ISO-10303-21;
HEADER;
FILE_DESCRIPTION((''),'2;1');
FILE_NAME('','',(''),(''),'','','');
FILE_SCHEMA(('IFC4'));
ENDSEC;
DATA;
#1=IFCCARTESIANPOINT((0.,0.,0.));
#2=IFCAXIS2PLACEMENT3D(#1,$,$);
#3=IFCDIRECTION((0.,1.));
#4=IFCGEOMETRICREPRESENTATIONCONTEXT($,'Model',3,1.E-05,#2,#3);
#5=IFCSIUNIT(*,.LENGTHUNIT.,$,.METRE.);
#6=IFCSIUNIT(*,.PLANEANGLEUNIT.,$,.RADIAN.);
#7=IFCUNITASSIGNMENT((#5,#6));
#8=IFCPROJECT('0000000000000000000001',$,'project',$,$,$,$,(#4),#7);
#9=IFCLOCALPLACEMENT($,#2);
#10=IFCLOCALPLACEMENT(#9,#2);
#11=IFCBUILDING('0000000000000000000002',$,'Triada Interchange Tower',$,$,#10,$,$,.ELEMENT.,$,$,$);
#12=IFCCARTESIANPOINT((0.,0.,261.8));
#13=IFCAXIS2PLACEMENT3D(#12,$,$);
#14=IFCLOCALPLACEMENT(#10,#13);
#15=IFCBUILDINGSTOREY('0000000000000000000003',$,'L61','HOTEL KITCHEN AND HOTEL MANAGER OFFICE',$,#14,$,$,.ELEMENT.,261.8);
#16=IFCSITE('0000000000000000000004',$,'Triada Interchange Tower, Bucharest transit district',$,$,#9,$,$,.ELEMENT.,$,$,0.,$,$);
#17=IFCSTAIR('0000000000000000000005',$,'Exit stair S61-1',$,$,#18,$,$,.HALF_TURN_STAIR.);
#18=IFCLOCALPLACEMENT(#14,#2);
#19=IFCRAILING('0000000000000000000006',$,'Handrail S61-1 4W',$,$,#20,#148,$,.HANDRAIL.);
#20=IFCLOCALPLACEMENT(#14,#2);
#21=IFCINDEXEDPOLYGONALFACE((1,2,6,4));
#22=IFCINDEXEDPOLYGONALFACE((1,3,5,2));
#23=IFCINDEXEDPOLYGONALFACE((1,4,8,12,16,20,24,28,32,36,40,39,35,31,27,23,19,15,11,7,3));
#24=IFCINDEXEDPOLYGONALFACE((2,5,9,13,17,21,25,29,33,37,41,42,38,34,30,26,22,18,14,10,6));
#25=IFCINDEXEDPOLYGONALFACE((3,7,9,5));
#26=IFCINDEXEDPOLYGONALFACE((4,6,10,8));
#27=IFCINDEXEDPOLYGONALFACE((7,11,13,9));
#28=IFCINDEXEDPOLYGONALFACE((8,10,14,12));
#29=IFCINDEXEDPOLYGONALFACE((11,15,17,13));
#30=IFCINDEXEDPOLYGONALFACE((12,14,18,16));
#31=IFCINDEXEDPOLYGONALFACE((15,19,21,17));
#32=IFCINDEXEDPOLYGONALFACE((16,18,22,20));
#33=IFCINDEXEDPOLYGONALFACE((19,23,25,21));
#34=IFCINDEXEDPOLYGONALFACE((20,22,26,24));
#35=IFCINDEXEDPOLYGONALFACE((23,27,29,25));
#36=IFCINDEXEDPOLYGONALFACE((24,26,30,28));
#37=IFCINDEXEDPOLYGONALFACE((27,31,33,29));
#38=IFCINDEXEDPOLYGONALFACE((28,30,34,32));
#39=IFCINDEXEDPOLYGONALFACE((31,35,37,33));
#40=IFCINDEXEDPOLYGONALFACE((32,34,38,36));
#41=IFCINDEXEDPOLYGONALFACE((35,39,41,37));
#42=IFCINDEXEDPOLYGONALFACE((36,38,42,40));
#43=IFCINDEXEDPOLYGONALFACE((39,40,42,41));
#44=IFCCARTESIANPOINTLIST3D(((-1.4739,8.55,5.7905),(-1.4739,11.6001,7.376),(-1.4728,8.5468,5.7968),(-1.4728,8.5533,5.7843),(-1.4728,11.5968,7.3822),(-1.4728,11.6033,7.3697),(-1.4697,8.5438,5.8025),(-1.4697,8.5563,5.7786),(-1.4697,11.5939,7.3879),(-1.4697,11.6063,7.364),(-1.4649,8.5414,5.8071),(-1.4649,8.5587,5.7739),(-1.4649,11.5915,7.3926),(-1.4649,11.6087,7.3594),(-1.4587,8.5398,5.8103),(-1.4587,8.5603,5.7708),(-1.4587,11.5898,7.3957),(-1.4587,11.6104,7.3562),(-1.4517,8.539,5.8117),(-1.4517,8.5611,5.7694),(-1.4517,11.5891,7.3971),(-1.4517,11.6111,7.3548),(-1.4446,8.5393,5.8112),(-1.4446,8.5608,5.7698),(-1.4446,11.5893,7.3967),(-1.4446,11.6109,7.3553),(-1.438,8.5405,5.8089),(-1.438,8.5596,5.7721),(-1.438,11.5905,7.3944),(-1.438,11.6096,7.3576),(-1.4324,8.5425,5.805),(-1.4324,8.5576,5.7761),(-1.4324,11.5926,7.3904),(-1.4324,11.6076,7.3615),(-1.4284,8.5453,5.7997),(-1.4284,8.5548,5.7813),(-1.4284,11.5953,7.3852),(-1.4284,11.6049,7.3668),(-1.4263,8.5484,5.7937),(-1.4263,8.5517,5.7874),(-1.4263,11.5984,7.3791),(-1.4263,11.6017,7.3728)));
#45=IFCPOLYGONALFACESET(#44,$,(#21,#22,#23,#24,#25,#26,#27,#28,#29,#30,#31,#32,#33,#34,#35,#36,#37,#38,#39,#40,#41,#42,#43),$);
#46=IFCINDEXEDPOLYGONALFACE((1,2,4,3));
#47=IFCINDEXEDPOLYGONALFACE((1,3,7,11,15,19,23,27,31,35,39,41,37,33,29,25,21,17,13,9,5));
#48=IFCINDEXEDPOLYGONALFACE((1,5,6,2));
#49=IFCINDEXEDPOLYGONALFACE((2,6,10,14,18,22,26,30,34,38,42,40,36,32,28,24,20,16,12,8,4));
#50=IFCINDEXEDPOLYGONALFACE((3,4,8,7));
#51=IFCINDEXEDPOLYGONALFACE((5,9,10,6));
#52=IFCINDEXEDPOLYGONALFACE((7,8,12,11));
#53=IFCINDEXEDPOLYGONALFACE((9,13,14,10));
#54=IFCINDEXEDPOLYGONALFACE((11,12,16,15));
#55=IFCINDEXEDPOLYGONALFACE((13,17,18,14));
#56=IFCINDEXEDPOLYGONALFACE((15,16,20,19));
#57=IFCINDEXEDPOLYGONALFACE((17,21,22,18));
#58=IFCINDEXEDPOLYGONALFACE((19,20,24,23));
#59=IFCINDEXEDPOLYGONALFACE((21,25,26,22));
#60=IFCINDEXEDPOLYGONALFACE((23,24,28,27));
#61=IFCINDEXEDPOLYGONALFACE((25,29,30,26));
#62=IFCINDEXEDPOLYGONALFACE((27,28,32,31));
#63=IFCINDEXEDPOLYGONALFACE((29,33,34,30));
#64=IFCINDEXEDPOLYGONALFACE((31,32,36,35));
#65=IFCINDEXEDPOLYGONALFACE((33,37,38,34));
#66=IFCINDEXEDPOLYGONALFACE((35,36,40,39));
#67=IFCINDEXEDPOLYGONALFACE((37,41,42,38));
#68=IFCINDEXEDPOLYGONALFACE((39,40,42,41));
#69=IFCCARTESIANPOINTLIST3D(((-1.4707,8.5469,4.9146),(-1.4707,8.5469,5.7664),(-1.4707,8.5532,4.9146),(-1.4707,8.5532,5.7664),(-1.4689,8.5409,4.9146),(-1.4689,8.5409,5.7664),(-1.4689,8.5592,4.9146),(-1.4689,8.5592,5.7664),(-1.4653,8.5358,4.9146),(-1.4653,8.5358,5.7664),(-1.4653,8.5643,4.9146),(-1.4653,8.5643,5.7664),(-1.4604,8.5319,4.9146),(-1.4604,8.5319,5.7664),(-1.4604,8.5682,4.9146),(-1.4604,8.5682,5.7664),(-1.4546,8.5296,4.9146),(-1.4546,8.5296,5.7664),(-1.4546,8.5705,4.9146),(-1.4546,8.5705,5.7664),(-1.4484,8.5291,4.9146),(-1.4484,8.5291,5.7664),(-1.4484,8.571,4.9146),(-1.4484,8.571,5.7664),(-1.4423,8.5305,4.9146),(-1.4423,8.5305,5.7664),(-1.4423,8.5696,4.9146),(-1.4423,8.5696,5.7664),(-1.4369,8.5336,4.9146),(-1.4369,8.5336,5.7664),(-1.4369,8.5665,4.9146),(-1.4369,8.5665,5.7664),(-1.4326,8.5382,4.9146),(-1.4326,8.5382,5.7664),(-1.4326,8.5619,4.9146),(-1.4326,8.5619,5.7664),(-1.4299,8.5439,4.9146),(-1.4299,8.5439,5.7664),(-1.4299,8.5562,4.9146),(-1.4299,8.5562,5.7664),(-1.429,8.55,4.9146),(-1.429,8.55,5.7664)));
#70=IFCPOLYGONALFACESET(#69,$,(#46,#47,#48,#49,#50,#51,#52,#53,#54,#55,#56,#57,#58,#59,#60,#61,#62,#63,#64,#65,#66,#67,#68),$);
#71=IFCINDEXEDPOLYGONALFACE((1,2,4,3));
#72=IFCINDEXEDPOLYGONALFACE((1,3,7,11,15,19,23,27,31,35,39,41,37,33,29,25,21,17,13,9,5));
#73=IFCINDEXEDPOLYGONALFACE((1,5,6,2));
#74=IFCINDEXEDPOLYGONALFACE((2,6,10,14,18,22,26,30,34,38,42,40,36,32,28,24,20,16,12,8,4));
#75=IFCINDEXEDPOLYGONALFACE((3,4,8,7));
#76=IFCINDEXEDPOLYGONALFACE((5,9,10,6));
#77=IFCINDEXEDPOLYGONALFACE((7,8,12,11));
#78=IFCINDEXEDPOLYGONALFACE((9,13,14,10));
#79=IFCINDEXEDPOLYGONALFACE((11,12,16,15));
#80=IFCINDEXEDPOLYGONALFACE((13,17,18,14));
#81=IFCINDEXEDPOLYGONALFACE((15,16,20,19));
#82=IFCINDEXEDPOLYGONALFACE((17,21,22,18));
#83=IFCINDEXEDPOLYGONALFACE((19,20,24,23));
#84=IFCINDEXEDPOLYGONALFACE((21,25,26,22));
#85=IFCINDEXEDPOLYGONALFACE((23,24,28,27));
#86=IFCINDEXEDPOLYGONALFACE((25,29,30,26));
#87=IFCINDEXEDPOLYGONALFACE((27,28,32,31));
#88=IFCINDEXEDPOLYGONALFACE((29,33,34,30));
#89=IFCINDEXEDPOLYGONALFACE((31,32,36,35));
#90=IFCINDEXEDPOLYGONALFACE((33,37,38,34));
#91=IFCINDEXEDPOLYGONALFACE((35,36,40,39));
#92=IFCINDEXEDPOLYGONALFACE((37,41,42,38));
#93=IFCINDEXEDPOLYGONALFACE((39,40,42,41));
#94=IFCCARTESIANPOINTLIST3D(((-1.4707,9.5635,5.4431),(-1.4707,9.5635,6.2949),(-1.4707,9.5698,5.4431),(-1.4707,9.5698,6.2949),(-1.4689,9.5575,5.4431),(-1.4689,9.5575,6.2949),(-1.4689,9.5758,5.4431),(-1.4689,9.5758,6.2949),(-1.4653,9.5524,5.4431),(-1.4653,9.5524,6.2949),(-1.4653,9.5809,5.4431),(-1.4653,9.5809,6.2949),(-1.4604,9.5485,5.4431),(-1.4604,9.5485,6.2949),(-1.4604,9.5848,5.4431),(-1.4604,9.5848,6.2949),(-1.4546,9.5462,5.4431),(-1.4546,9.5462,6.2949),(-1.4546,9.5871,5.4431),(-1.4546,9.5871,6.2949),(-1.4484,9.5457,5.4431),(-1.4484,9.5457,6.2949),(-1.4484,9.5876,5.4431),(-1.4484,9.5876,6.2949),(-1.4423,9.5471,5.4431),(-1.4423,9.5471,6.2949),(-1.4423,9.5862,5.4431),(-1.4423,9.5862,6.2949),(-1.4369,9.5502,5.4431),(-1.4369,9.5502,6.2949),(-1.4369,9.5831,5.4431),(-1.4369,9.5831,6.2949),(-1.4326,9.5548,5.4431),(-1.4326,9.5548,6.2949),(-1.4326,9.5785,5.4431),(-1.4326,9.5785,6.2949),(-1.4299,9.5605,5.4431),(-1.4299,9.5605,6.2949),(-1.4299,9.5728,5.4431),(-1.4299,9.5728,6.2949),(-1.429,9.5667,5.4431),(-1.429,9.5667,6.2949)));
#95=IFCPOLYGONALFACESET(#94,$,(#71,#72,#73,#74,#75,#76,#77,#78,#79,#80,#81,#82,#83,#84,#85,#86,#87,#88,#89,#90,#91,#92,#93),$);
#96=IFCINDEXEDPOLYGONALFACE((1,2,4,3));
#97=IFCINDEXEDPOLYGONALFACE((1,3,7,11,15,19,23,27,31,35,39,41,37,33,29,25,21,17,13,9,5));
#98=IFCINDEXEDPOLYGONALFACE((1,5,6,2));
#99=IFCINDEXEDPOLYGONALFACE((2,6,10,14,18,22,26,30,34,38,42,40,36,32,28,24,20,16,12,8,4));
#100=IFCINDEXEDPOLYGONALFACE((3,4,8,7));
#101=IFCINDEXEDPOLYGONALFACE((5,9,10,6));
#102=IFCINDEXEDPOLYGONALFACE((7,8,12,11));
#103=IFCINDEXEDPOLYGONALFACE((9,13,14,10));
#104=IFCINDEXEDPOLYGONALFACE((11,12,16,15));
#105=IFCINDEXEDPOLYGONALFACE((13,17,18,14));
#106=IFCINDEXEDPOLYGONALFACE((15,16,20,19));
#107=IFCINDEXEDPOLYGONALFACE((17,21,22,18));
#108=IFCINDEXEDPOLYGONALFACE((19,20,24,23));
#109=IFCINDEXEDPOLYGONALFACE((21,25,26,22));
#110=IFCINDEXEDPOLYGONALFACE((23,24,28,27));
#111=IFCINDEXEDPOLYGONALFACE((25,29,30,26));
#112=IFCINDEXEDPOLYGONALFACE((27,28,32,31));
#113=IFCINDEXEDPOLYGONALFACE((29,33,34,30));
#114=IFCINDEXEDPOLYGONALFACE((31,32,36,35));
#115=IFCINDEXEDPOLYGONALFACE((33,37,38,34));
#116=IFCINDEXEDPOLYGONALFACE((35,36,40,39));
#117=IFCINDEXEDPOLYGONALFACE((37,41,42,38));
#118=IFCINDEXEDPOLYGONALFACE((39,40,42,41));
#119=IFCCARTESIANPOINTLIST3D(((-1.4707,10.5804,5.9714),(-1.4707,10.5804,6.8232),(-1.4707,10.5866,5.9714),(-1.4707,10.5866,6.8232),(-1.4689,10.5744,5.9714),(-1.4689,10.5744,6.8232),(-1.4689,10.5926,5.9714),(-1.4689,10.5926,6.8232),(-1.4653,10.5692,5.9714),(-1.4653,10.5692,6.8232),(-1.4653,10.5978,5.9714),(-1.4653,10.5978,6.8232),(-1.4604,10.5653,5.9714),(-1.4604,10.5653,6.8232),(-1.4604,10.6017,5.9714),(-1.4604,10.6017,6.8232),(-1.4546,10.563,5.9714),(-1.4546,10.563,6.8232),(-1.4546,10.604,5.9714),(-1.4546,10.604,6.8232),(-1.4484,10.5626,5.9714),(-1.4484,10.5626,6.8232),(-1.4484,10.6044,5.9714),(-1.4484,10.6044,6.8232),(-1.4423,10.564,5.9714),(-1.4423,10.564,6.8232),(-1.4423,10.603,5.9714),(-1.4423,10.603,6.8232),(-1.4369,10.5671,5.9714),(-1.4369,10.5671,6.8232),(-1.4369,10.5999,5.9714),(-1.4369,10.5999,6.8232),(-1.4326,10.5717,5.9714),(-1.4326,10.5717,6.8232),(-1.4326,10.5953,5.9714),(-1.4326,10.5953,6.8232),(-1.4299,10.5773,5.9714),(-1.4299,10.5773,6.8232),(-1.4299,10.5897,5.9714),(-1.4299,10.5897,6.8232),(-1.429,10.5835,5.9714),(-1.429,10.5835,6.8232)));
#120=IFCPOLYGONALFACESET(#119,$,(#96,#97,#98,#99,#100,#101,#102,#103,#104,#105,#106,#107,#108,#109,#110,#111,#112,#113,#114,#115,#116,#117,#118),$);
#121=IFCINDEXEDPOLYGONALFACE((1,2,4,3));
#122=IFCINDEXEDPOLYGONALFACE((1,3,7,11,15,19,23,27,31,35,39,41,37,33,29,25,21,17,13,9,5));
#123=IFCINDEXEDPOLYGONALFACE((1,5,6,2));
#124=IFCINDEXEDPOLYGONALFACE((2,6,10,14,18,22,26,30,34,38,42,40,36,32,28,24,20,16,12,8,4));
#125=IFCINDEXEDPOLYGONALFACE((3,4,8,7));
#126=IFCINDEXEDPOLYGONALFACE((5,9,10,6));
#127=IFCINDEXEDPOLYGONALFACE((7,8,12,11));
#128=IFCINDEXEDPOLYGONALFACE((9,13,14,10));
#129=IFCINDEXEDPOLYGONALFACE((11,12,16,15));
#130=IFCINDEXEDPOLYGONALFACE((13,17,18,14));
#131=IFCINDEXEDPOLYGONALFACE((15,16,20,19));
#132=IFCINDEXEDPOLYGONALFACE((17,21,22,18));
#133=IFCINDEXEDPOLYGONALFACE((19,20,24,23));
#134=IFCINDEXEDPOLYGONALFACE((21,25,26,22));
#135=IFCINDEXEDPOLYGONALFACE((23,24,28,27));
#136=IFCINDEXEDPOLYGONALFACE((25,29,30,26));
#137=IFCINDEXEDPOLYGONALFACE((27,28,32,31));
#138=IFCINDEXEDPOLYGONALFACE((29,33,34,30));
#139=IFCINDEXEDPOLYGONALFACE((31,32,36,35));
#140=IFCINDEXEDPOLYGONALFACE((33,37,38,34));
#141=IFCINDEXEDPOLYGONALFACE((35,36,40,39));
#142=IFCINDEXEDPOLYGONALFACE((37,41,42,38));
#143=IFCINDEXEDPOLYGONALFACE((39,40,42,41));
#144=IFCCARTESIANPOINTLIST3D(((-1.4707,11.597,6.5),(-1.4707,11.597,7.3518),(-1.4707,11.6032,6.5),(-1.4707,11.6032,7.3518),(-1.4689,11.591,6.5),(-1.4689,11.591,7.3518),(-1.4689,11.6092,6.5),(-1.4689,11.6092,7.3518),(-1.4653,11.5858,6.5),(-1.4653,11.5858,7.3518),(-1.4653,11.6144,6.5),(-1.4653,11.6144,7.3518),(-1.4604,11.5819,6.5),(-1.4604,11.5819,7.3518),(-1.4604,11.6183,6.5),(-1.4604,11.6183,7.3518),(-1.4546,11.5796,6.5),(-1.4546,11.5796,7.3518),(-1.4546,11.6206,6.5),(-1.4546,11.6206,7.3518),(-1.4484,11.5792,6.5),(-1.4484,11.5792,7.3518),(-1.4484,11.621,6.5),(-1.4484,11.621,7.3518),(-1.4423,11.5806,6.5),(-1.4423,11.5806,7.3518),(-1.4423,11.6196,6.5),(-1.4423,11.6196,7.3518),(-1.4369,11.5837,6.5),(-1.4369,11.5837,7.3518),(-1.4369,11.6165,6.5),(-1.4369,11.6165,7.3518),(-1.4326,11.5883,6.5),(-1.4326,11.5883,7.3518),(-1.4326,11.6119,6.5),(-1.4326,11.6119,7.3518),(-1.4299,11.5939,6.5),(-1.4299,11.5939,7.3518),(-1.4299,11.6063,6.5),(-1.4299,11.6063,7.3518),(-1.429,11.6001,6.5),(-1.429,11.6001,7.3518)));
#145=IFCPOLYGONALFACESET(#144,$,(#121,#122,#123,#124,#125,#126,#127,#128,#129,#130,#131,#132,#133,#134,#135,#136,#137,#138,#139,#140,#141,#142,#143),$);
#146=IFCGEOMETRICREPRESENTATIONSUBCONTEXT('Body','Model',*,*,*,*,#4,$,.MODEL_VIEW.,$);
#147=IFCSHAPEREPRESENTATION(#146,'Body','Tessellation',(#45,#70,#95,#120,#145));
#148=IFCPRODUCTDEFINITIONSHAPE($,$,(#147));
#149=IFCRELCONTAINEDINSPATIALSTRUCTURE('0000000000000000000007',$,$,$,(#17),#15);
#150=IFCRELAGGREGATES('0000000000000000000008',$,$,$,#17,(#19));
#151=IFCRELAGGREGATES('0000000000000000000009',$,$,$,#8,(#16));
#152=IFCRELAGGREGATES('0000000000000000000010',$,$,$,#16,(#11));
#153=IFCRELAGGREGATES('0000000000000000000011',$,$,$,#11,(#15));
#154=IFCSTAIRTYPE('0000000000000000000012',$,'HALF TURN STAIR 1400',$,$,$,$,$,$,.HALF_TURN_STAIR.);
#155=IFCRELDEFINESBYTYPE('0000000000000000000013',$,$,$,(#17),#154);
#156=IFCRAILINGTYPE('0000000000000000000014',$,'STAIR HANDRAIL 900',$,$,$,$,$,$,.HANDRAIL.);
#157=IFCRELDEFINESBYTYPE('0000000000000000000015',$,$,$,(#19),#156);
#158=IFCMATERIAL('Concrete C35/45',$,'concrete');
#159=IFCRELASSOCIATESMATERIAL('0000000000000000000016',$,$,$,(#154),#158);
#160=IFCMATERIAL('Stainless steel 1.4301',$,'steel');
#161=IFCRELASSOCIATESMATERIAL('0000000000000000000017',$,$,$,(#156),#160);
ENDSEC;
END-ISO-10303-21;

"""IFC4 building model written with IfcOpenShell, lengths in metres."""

from ifc_helpers import new_model, si_unit, direction, frame, origin, origin_2d, place, context, subcontext, project, spatial, circle, extrude, material, type_object, element, aggregate, save


model = new_model("IFC4")

# Units and contexts
model_context = context("Model", 3, precision=1e-05, world=origin(), true_north=direction((0.0, 1.0)))
body_context = subcontext(model_context, "Body", "Model", "MODEL_VIEW")
ifc_project = project(units=[si_unit("LENGTHUNIT", "METRE"), si_unit("PLANEANGLEUNIT", "RADIAN")], contexts=[model_context])

# Site, building, storey
site_placement = place(None, origin())
site = spatial("IfcSite", under=ifc_project, at=site_placement, Name="Triada Interchange Tower, Bucharest transit district", CompositionType="ELEMENT", RefElevation=0.0)
building_placement = place(site_placement, origin())
building = spatial("IfcBuilding", under=site, at=building_placement, Name="Triada Interchange Tower", CompositionType="ELEMENT")
storey_placement = place(building_placement, frame((0.0, 0.0, 261.8)))
storey = spatial("IfcBuildingStorey", under=building, at=storey_placement, Name="L61", Description="HOTEL KITCHEN AND HOTEL MANAGER OFFICE", CompositionType="ELEMENT", Elevation=261.8)

# Stair, railing
ifc_material_1 = material(Name="Concrete C35/45", Category="concrete")
stair_type = type_object("IfcStairType", Name="HALF TURN STAIR 1400", PredefinedType="HALF_TURN_STAIR", material=ifc_material_1)
stair_placement = place(storey_placement, origin())
stair = element("IfcStair", 1, at=stair_placement, inside=storey, type_object=stair_type, Name="Exit stair S61-1", PredefinedType="HALF_TURN_STAIR")
ifc_material_2 = material(Name="Stainless steel 1.4301", Category="steel")
railing_type = type_object("IfcRailingType", Name="STAIR HANDRAIL 900", PredefinedType="HANDRAIL", material=ifc_material_2)
railing_1_placement = place(storey_placement, frame((-1.45, 8.55, 4.9146)))
railing_1 = element("IfcRailing", 2, at=railing_1_placement, type_object=railing_type, Name="Handrail S61-1 4W", PredefinedType="HANDRAIL", context=body_context, shape_type="SweptSolid", body=[
    extrude(circle(Radius=0.0239, at=origin_2d()), frame((0.0, 0.0, 0.876), z_axis=(0.0, 0.887285, 0.461221), x_axis=(-1.0, 0.0, 0.0)), (0.0, 0.0, 1.0), 3.4375),
    extrude(circle(Radius=0.021, at=origin_2d()), origin(), (0.0, 0.0, 1.0), 0.8518),
    extrude(circle(Radius=0.021, at=origin_2d()), frame((0.0, 1.0166, 0.5286)), (0.0, 0.0, 1.0), 0.8518),
    extrude(circle(Radius=0.021, at=origin_2d()), frame((0.0, 2.0334, 1.0569)), (0.0, 0.0, 1.0), 0.8518),
    extrude(circle(Radius=0.021, at=origin_2d()), frame((0.0, 3.05, 1.5854)), (0.0, 0.0, 1.0), 0.8518),
])
aggregate(stair, [railing_1])

save(model, "model.ifc")
